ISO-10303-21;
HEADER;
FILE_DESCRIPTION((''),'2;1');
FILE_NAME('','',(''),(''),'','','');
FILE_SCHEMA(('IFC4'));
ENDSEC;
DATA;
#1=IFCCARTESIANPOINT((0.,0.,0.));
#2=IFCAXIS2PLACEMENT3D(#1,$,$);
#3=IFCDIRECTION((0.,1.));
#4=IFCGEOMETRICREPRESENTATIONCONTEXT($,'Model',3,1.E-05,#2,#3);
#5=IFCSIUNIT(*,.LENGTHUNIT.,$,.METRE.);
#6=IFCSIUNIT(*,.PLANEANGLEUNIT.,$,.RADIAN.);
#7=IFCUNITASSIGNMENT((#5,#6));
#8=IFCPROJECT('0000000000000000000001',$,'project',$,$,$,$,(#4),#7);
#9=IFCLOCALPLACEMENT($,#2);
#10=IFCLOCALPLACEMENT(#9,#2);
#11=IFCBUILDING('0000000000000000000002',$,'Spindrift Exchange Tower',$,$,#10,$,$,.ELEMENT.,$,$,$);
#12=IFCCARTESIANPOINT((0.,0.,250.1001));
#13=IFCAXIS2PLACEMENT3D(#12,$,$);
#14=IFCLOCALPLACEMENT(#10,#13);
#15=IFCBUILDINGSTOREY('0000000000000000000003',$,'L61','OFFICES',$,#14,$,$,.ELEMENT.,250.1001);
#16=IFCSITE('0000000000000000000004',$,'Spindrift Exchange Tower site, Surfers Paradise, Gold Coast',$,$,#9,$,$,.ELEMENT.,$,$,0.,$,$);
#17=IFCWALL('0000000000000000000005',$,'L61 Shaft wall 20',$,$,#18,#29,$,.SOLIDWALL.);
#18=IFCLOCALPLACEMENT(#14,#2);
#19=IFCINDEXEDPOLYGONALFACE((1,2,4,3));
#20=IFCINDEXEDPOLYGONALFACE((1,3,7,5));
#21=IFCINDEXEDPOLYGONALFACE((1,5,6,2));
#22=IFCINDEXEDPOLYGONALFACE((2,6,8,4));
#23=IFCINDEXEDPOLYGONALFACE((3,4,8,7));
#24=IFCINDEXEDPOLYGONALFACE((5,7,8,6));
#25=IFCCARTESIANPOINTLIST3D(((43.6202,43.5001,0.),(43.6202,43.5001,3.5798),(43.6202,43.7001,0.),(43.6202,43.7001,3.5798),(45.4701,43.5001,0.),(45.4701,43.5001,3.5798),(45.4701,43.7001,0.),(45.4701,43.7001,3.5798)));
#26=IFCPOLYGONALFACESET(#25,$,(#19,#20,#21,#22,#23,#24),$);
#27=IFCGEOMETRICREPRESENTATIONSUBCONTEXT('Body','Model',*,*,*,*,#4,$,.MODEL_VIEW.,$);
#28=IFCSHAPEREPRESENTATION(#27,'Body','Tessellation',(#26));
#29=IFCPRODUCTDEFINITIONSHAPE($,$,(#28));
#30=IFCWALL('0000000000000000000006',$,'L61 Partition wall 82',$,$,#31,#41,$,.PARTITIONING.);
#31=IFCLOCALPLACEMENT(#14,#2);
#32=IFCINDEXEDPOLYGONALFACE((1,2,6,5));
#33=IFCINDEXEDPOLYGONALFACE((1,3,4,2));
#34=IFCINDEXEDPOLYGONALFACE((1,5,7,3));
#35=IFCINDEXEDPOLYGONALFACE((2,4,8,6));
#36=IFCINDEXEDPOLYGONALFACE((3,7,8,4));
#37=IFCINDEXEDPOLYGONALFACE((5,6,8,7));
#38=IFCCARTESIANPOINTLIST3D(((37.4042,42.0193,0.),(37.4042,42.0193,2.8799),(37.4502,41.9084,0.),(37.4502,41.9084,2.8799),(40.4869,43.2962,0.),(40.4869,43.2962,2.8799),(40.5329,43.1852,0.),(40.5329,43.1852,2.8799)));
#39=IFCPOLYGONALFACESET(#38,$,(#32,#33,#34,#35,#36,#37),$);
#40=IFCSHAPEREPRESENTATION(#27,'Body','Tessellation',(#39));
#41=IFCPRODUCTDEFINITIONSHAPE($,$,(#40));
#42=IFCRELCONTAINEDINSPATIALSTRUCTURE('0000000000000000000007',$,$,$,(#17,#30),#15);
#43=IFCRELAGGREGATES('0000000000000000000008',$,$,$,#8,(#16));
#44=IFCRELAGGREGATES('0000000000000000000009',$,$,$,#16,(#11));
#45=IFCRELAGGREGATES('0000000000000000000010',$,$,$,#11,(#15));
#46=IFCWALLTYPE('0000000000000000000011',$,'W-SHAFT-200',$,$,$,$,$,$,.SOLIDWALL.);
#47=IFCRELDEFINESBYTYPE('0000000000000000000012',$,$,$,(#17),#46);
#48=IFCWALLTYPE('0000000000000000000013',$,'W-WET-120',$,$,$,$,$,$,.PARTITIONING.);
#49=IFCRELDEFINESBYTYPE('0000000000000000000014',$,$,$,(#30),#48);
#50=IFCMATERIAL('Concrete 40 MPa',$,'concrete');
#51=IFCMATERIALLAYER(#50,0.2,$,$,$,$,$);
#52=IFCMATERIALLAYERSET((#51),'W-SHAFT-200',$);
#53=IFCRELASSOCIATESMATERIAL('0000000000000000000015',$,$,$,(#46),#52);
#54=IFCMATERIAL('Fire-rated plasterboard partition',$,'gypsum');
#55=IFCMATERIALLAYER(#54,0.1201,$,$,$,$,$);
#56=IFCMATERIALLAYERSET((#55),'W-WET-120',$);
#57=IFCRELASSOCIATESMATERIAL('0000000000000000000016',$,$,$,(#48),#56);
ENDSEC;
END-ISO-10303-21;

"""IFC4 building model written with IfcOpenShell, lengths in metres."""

from ifc_helpers import new_model, si_unit, direction, frame, frame_2d, origin, place, context, subcontext, project, spatial, rectangle, extrude, material, layer, layer_set, type_object, element, save


model = new_model("IFC4")

# Units and contexts
model_context = context("Model", 3, precision=1e-05, world=origin(), true_north=direction((0.0, 1.0)))
body_context = subcontext(model_context, "Body", "Model", "MODEL_VIEW")
ifc_project = project(units=[si_unit("LENGTHUNIT", "METRE"), si_unit("PLANEANGLEUNIT", "RADIAN")], contexts=[model_context])

# Site, building, storey
site_placement = place(None, origin())
site = spatial("IfcSite", under=ifc_project, at=site_placement, Name="Spindrift Exchange Tower site, Surfers Paradise, Gold Coast", CompositionType="ELEMENT", RefElevation=0.0)
building_placement = place(site_placement, origin())
building = spatial("IfcBuilding", under=site, at=building_placement, Name="Spindrift Exchange Tower", CompositionType="ELEMENT")
storey_placement = place(building_placement, frame((0.0, 0.0, 250.1001)))
storey = spatial("IfcBuildingStorey", under=building, at=storey_placement, Name="L61", Description="OFFICES", CompositionType="ELEMENT", Elevation=250.1001)

# Walls
ifc_material_1 = material(Name="Fire-rated plasterboard partition", Category="gypsum")
ifc_material_2 = material(Name="Concrete 40 MPa", Category="concrete")
ifc_layer_1 = layer(ifc_material_2, 0.2)
ifc_layer_set_1 = layer_set([ifc_layer_1], Name="W-SHAFT-200")
wall_type_1 = type_object("IfcWallType", Name="W-SHAFT-200", PredefinedType="SOLIDWALL", material=ifc_layer_set_1)
wall_1_placement = place(storey_placement, frame((45.47, 43.6001, 0.0), z_axis=(0.0, 0.0, 1.0), x_axis=(-1.0, 0.0, 0.0)))
element("IfcWall", 1, at=wall_1_placement, inside=storey, type_object=wall_type_1, Name="L61 Shaft wall 20", PredefinedType="SOLIDWALL", context=body_context, shape_type="SweptSolid", body=[
    extrude(rectangle(XDim=1.8499, YDim=0.2, at=frame_2d((0.9248, 0.0))), origin(), (0.0, 0.0, 1.0), 3.5798),
])
ifc_layer_2 = layer(ifc_material_1, 0.1201)
ifc_layer_set_2 = layer_set([ifc_layer_2], Name="W-WET-120")
wall_type_2 = type_object("IfcWallType", Name="W-WET-120", PredefinedType="PARTITIONING", material=ifc_layer_set_2)
wall_2_placement = place(storey_placement, frame((40.51, 43.2407, 0.0), z_axis=(0.0, 0.0, 1.0), x_axis=(-0.923887, -0.382666, 0.0)))
element("IfcWall", 2, at=wall_2_placement, inside=storey, type_object=wall_type_2, Name="L61 Partition wall 82", PredefinedType="PARTITIONING", context=body_context, shape_type="SweptSolid", body=[
    extrude(rectangle(XDim=3.3367, YDim=0.1201, at=frame_2d((1.6685, 0.0))), origin(), (0.0, 0.0, 1.0), 2.8799),
])

save(model, "model.ifc")
